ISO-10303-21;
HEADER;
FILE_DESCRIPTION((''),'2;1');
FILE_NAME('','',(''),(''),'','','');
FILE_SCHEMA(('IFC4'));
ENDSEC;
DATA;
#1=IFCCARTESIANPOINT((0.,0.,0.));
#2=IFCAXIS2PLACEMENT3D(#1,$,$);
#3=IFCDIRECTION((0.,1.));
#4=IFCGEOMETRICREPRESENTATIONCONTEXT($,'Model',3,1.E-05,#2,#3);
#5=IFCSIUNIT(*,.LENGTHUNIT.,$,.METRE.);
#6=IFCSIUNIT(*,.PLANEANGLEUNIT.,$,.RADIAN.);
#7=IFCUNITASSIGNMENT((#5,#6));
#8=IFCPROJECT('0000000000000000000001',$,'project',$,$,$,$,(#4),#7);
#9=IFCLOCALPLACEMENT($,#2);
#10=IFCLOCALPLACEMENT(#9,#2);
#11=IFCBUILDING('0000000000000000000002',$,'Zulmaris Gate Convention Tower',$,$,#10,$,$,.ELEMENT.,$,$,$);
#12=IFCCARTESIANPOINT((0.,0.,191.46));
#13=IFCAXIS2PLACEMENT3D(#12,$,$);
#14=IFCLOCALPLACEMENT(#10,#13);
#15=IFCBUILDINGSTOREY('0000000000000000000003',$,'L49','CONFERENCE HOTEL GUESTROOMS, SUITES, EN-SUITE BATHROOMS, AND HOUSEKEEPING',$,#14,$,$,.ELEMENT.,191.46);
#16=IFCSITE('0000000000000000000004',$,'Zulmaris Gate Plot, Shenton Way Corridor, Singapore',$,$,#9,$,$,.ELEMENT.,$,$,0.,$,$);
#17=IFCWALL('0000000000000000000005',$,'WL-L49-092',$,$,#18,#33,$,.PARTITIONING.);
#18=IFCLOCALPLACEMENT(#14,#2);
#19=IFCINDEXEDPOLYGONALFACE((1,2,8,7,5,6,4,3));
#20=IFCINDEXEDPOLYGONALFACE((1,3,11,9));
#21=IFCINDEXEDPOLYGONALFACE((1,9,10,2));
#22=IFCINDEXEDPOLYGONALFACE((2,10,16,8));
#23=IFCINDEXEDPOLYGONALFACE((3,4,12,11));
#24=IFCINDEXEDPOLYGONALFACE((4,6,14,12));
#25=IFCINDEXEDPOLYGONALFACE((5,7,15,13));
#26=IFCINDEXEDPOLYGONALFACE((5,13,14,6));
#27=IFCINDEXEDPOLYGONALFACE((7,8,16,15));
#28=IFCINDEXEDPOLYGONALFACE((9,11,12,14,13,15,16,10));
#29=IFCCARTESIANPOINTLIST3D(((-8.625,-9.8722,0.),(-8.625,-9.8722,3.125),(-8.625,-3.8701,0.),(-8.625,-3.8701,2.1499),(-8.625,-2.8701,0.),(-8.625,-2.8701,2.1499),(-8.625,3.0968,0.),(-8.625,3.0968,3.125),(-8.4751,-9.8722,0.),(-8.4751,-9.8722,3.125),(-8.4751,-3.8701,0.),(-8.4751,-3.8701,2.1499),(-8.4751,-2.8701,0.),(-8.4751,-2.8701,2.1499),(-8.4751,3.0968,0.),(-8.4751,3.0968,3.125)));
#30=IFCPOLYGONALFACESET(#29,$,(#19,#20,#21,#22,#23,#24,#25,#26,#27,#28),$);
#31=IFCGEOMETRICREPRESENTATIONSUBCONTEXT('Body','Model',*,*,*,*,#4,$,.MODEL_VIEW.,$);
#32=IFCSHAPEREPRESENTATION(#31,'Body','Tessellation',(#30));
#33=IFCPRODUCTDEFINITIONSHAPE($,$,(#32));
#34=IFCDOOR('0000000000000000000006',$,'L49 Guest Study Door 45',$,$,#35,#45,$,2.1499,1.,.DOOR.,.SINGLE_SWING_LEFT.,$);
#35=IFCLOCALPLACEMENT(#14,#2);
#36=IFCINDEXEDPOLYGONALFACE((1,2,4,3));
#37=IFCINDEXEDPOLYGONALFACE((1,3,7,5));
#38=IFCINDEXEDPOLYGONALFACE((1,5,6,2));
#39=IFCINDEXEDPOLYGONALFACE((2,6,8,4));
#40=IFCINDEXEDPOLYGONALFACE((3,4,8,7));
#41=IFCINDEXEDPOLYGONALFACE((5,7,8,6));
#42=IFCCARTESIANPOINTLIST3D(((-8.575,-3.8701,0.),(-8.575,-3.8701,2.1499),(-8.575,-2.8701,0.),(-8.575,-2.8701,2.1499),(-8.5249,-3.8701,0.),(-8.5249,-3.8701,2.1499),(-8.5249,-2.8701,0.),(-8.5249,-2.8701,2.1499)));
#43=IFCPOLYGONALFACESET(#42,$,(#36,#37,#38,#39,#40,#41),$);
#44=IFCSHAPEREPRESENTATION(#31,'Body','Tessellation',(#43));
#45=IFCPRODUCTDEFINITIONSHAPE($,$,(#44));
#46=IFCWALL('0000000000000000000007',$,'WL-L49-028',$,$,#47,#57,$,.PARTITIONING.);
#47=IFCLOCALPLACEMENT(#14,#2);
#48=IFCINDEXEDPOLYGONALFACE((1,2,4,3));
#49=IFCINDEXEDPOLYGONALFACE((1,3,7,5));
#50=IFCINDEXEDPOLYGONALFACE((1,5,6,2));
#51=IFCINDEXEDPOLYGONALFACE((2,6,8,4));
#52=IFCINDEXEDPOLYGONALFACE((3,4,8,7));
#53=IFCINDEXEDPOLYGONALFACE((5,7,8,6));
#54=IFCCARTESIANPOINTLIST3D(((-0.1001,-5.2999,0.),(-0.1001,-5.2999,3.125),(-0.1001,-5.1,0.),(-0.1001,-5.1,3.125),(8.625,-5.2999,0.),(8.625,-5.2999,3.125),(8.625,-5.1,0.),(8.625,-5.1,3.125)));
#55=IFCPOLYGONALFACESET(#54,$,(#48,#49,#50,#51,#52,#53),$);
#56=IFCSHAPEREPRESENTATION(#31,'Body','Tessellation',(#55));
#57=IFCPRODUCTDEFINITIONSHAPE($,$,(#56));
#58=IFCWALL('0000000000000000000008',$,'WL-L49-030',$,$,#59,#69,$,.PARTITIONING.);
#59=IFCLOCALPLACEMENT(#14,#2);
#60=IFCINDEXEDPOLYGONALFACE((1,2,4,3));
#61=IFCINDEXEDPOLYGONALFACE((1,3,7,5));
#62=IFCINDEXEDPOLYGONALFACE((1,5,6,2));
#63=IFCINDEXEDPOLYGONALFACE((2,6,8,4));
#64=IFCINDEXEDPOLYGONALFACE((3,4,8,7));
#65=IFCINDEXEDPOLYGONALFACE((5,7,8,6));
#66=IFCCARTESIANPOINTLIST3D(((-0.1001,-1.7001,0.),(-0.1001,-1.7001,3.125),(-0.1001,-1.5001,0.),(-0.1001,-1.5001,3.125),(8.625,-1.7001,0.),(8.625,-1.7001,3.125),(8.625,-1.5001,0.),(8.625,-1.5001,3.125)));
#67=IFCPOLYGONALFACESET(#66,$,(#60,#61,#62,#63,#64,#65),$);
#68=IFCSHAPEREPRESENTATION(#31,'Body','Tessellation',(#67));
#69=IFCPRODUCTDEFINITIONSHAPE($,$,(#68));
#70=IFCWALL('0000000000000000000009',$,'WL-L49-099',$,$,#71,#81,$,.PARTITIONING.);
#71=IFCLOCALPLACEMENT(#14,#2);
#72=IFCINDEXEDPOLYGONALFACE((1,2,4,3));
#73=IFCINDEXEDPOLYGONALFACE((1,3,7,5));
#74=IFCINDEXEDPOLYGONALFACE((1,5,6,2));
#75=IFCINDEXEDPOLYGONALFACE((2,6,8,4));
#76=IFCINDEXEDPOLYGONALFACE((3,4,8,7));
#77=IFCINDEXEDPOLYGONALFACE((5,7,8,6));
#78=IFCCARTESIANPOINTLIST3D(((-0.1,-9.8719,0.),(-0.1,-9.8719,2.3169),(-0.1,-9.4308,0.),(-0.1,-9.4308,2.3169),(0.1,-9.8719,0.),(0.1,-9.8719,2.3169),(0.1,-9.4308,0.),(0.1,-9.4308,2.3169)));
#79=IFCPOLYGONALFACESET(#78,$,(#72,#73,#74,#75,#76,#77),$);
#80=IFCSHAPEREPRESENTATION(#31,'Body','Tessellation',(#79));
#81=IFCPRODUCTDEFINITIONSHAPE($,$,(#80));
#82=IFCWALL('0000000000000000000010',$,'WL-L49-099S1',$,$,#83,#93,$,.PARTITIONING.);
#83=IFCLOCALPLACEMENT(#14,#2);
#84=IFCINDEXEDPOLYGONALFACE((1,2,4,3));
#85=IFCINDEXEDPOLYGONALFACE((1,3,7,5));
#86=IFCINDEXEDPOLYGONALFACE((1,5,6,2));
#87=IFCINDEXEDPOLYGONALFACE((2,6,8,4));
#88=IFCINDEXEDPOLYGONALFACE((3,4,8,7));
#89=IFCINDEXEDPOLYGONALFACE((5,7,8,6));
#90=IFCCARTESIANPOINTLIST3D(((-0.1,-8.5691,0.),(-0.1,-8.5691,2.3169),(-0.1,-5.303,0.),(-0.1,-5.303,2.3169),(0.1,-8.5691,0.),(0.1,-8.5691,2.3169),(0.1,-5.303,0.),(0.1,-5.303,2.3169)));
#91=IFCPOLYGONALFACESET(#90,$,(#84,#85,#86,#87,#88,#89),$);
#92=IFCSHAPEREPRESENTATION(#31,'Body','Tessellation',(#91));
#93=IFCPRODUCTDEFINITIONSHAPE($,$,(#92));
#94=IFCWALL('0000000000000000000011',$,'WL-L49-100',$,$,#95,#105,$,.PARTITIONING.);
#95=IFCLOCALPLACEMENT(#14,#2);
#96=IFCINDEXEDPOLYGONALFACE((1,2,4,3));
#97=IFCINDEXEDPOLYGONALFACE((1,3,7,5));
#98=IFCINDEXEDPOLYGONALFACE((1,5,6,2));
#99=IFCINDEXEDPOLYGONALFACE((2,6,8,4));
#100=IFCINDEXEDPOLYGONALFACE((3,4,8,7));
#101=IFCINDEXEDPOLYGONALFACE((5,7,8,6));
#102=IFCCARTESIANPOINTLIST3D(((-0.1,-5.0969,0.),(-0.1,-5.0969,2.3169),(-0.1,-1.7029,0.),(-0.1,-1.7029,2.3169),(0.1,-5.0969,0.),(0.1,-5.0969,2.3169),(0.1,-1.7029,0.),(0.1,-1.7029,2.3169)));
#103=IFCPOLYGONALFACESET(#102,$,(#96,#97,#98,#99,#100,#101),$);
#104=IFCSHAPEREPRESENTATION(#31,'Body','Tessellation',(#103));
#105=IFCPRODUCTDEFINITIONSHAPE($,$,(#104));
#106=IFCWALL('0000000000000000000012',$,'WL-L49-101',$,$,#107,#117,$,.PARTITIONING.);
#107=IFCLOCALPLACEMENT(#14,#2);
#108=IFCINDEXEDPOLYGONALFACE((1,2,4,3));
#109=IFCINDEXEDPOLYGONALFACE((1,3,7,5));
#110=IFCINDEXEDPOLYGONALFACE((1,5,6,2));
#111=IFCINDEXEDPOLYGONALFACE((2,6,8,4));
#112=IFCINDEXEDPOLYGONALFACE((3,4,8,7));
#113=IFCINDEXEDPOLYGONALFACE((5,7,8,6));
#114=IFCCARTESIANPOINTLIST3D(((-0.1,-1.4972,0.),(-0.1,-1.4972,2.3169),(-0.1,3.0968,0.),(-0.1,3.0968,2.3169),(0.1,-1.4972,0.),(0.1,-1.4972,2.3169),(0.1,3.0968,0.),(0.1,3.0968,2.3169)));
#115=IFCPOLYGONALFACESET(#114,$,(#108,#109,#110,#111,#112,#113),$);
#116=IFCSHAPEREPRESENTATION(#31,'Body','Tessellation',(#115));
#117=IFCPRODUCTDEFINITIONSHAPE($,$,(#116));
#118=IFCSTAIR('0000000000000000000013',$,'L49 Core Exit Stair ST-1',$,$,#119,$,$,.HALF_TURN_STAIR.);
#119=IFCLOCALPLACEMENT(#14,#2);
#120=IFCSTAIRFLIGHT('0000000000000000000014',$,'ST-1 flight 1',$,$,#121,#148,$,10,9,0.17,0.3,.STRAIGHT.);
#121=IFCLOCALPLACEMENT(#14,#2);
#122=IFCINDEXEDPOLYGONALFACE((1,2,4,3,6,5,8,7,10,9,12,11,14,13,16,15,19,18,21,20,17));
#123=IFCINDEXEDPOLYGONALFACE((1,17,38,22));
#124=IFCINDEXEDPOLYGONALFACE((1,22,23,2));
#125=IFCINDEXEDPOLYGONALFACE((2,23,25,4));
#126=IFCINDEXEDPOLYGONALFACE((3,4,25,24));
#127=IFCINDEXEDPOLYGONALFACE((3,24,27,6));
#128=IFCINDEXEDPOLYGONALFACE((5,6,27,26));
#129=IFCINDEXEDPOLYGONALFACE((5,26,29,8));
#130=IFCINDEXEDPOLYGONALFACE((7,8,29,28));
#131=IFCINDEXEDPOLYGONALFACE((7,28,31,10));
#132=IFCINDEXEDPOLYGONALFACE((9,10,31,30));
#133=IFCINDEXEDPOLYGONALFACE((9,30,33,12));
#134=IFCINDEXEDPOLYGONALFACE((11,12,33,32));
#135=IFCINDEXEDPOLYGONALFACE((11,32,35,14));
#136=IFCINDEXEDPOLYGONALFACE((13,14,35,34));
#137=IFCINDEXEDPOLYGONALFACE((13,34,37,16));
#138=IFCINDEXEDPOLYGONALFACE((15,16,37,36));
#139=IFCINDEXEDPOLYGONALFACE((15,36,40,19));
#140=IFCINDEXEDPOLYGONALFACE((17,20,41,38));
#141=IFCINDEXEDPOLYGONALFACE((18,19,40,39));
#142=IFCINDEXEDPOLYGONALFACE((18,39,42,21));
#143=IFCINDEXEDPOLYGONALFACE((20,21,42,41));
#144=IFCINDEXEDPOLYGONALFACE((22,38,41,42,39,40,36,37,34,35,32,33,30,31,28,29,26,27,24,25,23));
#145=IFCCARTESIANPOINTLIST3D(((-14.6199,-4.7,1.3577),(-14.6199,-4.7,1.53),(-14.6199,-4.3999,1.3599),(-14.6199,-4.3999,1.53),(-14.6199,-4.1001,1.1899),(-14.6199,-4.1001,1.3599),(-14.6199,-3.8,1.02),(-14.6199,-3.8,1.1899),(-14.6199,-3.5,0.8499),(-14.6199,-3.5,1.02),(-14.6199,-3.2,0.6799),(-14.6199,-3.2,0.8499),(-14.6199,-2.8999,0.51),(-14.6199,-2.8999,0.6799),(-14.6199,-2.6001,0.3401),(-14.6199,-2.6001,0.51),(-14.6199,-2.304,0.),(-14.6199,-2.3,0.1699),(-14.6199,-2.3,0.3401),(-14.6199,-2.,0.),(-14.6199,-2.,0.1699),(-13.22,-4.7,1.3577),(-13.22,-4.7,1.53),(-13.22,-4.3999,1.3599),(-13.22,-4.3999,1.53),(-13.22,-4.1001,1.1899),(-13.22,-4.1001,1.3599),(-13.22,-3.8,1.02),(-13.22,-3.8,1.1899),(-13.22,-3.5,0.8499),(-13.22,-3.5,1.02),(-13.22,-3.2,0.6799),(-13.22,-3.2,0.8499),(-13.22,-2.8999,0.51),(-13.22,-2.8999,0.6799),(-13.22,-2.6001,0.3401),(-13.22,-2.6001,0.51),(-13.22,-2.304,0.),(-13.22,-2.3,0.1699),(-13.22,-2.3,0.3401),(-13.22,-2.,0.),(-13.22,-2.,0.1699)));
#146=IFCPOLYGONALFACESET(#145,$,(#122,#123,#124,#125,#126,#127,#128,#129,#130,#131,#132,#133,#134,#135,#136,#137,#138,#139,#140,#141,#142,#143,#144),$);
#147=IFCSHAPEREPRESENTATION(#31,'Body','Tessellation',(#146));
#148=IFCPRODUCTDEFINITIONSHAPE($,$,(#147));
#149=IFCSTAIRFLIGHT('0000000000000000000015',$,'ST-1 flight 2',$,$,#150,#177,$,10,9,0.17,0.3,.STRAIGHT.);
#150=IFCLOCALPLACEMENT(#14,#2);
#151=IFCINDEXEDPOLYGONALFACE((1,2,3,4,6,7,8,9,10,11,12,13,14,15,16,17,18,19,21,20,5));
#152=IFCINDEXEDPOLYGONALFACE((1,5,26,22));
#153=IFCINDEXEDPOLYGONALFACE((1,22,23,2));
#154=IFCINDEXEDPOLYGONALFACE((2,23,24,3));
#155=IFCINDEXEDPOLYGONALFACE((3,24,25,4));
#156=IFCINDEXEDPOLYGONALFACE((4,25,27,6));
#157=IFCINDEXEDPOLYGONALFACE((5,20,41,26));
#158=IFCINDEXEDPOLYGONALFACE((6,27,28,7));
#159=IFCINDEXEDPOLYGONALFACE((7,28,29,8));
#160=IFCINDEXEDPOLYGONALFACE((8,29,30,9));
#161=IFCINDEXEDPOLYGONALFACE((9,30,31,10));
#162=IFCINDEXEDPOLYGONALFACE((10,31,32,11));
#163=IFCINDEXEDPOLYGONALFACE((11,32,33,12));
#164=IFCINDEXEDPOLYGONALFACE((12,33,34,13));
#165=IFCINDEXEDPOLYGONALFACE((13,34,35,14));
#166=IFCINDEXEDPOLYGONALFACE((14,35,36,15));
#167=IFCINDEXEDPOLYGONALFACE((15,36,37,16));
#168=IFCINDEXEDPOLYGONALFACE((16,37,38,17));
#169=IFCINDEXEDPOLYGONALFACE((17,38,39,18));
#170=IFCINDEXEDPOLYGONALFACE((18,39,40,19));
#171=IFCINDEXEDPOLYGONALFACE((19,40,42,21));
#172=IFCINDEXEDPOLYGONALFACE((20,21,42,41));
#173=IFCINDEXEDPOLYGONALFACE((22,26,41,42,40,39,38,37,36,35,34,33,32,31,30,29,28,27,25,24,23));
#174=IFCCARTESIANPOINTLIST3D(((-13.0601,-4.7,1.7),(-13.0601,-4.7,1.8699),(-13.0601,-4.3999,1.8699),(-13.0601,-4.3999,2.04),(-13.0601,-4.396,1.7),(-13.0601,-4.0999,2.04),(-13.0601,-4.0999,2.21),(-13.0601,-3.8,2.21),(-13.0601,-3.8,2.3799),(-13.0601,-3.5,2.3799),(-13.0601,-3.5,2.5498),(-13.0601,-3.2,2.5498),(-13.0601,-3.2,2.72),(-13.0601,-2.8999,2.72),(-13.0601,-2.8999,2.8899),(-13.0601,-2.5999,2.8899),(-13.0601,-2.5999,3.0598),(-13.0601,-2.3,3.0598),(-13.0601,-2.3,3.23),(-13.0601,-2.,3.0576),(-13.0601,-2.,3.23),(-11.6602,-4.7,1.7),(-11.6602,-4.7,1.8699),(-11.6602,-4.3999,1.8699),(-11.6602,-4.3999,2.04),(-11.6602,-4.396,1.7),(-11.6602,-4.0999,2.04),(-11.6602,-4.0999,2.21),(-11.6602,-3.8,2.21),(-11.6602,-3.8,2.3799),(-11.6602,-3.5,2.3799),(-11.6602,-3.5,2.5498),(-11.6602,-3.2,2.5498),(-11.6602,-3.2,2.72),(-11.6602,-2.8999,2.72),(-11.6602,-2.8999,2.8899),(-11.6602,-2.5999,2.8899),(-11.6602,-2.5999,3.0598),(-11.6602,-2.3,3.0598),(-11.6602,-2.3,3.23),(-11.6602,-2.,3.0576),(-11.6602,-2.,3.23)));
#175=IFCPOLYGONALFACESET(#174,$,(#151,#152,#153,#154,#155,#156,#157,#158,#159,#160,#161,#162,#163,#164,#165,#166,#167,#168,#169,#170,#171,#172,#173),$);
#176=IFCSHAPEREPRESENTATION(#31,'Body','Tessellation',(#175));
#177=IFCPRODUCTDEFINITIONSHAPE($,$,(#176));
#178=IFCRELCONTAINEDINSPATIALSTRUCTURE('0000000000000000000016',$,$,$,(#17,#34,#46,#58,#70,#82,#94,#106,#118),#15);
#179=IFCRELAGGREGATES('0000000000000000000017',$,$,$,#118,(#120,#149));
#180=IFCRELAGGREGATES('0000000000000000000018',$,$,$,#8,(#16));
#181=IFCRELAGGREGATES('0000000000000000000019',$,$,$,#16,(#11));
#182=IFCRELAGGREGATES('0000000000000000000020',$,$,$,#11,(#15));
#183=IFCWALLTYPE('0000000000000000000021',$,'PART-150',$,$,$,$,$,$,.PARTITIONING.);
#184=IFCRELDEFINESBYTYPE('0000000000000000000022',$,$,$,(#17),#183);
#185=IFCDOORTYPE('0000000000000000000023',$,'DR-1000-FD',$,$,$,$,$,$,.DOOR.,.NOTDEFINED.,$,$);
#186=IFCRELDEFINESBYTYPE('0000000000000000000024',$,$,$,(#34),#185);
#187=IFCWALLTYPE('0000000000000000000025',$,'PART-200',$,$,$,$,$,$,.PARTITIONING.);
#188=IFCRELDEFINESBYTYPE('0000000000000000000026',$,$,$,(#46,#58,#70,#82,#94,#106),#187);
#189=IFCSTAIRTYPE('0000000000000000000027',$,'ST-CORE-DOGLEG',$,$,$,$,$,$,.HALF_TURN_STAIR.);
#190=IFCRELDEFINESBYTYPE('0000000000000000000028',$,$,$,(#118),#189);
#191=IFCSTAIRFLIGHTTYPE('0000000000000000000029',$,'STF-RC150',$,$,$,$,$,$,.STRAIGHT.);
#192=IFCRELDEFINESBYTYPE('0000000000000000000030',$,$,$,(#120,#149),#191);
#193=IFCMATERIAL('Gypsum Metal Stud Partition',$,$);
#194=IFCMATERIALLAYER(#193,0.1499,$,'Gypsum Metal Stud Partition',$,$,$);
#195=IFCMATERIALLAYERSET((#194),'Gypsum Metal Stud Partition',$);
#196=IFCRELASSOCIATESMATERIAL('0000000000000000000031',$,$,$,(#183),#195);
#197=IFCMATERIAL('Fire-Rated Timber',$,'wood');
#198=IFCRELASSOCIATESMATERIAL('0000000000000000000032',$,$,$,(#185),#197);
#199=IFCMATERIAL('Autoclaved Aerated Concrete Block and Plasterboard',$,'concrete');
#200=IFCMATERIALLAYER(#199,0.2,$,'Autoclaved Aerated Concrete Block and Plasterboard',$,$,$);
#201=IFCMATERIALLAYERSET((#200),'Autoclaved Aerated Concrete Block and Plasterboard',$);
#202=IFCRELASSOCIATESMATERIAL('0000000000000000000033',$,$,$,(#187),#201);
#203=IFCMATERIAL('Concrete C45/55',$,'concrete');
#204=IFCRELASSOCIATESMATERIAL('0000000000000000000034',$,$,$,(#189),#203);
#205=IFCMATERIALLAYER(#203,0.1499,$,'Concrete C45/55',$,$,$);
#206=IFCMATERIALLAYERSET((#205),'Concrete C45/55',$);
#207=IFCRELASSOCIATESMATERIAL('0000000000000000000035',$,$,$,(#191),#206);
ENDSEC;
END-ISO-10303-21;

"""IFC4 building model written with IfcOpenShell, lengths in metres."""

from ifc_helpers import new_model, si_unit, direction, frame, frame_2d, origin, place, context, subcontext, project, spatial, polyline, rectangle, outline, extrude, material, layer, layer_set, type_object, element, fill, aggregate, save


model = new_model("IFC4")

# Units and contexts
model_context = context("Model", 3, precision=1e-05, world=origin(), true_north=direction((0.0, 1.0)))
body_context = subcontext(model_context, "Body", "Model", "MODEL_VIEW")
ifc_project = project(units=[si_unit("LENGTHUNIT", "METRE"), si_unit("PLANEANGLEUNIT", "RADIAN")], contexts=[model_context])

# Site, building, storey
site_placement = place(None, origin())
site = spatial("IfcSite", under=ifc_project, at=site_placement, Name="Zulmaris Gate Plot, Shenton Way Corridor, Singapore", CompositionType="ELEMENT", RefElevation=0.0)
building_placement = place(site_placement, origin())
building = spatial("IfcBuilding", under=site, at=building_placement, Name="Zulmaris Gate Convention Tower", CompositionType="ELEMENT")
storey_placement = place(building_placement, frame((0.0, 0.0, 191.46)))
storey = spatial("IfcBuildingStorey", under=building, at=storey_placement, Name="L49", Description="CONFERENCE HOTEL GUESTROOMS, SUITES, EN-SUITE BATHROOMS, AND HOUSEKEEPING", CompositionType="ELEMENT", Elevation=191.46)

# Shared definitions
ifc_material_1 = material(Name="Gypsum Metal Stud Partition")
ifc_layer_1 = layer(ifc_material_1, 0.1499, Name="Gypsum Metal Stud Partition")
ifc_layer_set_1 = layer_set([ifc_layer_1], Name="Gypsum Metal Stud Partition")
wall_type_1 = type_object("IfcWallType", Name="PART-150", PredefinedType="PARTITIONING", material=ifc_layer_set_1)
ifc_material_2 = material(Name="Fire-Rated Timber", Category="wood")

# Wall, opening, door
wall_1_placement = place(storey_placement, frame((-8.55, -9.8721, 0.0), z_axis=(0.0, 0.0, 1.0), x_axis=(0.0, 1.0, 0.0)))
wall_1 = element("IfcWall", 1, at=wall_1_placement, inside=storey, type_object=wall_type_1, Name="WL-L49-092", PredefinedType="PARTITIONING", context=body_context, shape_type="SweptSolid", body=[
    extrude(rectangle(XDim=12.969, YDim=0.1499, at=frame_2d((6.4844, 0.0))), origin(), (0.0, 0.0, 1.0), 3.125),
])
opening_1_placement = place(wall_1_placement, frame((6.002, 0.0, 0.0)))
opening_1 = element("IfcOpeningElement", 2, at=opening_1_placement, cuts=wall_1, PredefinedType="OPENING", context=body_context, shape_type="SweptSolid", body=[
    extrude(rectangle(XDim=1.0, YDim=2.1499, at=frame_2d((0.5, 1.075))), frame((0.0, 0.085, 0.0), z_axis=(0.0, -1.0, 0.0), x_axis=(1.0, 0.0, 0.0)), (0.0, 0.0, 1.0), 0.1699),
])
door_type_1 = type_object("IfcDoorType", Name="DR-1000-FD", OperationType="NOTDEFINED", PredefinedType="DOOR", material=ifc_material_2)
door_1_placement = place(opening_1_placement, origin())
door_1 = element("IfcDoor", 3, at=door_1_placement, inside=storey, type_object=door_type_1, Name="L49 Guest Study Door 45", OperationType="SINGLE_SWING_LEFT", OverallHeight=2.1499, OverallWidth=1.0, PredefinedType="DOOR", context=body_context, shape_type="SweptSolid", body=[
    extrude(rectangle(XDim=1.0, YDim=2.1499, at=frame_2d((0.5, 1.075))), frame((0.0, 0.0249, 0.0), z_axis=(0.0, -1.0, 0.0), x_axis=(1.0, 0.0, 0.0)), (0.0, 0.0, 1.0), 0.05),
])
fill(opening_1, door_1)

# Walls
ifc_material_3 = material(Name="Autoclaved Aerated Concrete Block and Plasterboard", Category="concrete")
ifc_layer_2 = layer(ifc_material_3, 0.2, Name="Autoclaved Aerated Concrete Block and Plasterboard")
ifc_layer_set_2 = layer_set([ifc_layer_2], Name="Autoclaved Aerated Concrete Block and Plasterboard")
wall_type_2 = type_object("IfcWallType", Name="PART-200", PredefinedType="PARTITIONING", material=ifc_layer_set_2)
for number, where, z_axis, x_axis, name in (
    (4, (-0.1001, -5.2, 0.0), (0.0, 0.0, 1.0), (1.0, 0.0, 0.0), "WL-L49-028"),
    (5, (-0.1001, -1.6001, 0.0), (0.0, 0.0, 1.0), (1.0, 0.0, 0.0), "WL-L49-030"),
):
    element("IfcWall", number, at=place(storey_placement, frame(where, z_axis=z_axis, x_axis=x_axis)), inside=storey, type_object=wall_type_2, Name=name, PredefinedType="PARTITIONING", context=body_context, shape_type="SweptSolid", body=[
        extrude(rectangle(XDim=8.7251, YDim=0.2, at=frame_2d((4.3625, 0.0))), origin(), (0.0, 0.0, 1.0), 3.125),
    ])
wall_2_placement = place(storey_placement, frame((0.0, -9.8721, 0.0), z_axis=(0.0, 0.0, 1.0), x_axis=(0.0, 1.0, 0.0)))
element("IfcWall", 6, at=wall_2_placement, inside=storey, type_object=wall_type_2, Name="WL-L49-099", PredefinedType="PARTITIONING", context=body_context, shape_type="SweptSolid", body=[
    extrude(rectangle(XDim=0.4412, YDim=0.2, at=frame_2d((0.2207, 0.0))), origin(), (0.0, 0.0, 1.0), 2.3169),
])
wall_3_placement = place(storey_placement, frame((0.0, -8.5691, 0.0), z_axis=(0.0, 0.0, 1.0), x_axis=(0.0, 1.0, 0.0)))
element("IfcWall", 7, at=wall_3_placement, inside=storey, type_object=wall_type_2, Name="WL-L49-099S1", PredefinedType="PARTITIONING", context=body_context, shape_type="SweptSolid", body=[
    extrude(rectangle(XDim=3.2661, YDim=0.2, at=frame_2d((1.6331, 0.0))), origin(), (0.0, 0.0, 1.0), 2.3169),
])
wall_4_placement = place(storey_placement, frame((0.0, -5.0969, 0.0), z_axis=(0.0, 0.0, 1.0), x_axis=(0.0, 1.0, 0.0)))
element("IfcWall", 8, at=wall_4_placement, inside=storey, type_object=wall_type_2, Name="WL-L49-100", PredefinedType="PARTITIONING", context=body_context, shape_type="SweptSolid", body=[
    extrude(rectangle(XDim=3.394, YDim=0.2, at=frame_2d((1.697, 0.0))), origin(), (0.0, 0.0, 1.0), 2.3169),
])
wall_5_placement = place(storey_placement, frame((0.0, -1.4971, 0.0), z_axis=(0.0, 0.0, 1.0), x_axis=(0.0, 1.0, 0.0)))
element("IfcWall", 9, at=wall_5_placement, inside=storey, type_object=wall_type_2, Name="WL-L49-101", PredefinedType="PARTITIONING", context=body_context, shape_type="SweptSolid", body=[
    extrude(rectangle(XDim=4.594, YDim=0.2, at=frame_2d((2.2969, 0.0))), origin(), (0.0, 0.0, 1.0), 2.3169),
])

# Stair, stair flights
ifc_material_4 = material(Name="Concrete C45/55", Category="concrete")
stair_type = type_object("IfcStairType", Name="ST-CORE-DOGLEG", PredefinedType="HALF_TURN_STAIR", material=ifc_material_4)
stair_placement = place(storey_placement, origin())
stair = element("IfcStair", 10, at=stair_placement, inside=storey, type_object=stair_type, Name="L49 Core Exit Stair ST-1", PredefinedType="HALF_TURN_STAIR")
ifc_layer_3 = layer(ifc_material_4, 0.1499, Name="Concrete C45/55")
ifc_layer_set_3 = layer_set([ifc_layer_3], Name="Concrete C45/55")
stair_flight_type = type_object("IfcStairFlightType", Name="STF-RC150", PredefinedType="STRAIGHT", material=ifc_layer_set_3)
stair_flight_1_placement = place(storey_placement, frame((-13.9199, -2.0, 0.0), z_axis=(0.0, 0.0, 1.0), x_axis=(0.0, -1.0, 0.0)))
stair_flight_1 = element("IfcStairFlight", 11, at=stair_flight_1_placement, type_object=stair_flight_type, Name="ST-1 flight 1", NumberOfRisers=10, NumberOfTreads=9, PredefinedType="STRAIGHT", RiserHeight=0.17, TreadLength=0.3, context=body_context, shape_type="SweptSolid", body=[
    extrude(outline(polyline([(0.0, 0.0), (0.0, 0.1699), (0.3, 0.1699), (0.3, 0.3401), (0.6001, 0.3401), (0.6001, 0.51), (0.8999, 0.51), (0.8999, 0.6799), (1.2, 0.6799), (1.2, 0.8499), (1.5, 0.8499), (1.5, 1.02), (1.8, 1.02), (1.8, 1.1899), (2.1001, 1.1899), (2.1001, 1.3599), (2.3999, 1.3599), (2.3999, 1.53), (2.7, 1.53), (2.7, 1.7), (2.7, 1.3577), (0.304, 0.0), (0.0, 0.0)])), frame((0.0, 0.7, 0.0), z_axis=(0.0, -1.0, 0.0), x_axis=(1.0, 0.0, 0.0)), (0.0, 0.0, 1.0), 1.3999),
])
stair_flight_2_placement = place(storey_placement, frame((-12.3601, -4.7, 1.7), z_axis=(0.0, 0.0, 1.0), x_axis=(0.0, 1.0, 0.0)))
stair_flight_2 = element("IfcStairFlight", 12, at=stair_flight_2_placement, type_object=stair_flight_type, Name="ST-1 flight 2", NumberOfRisers=10, NumberOfTreads=9, PredefinedType="STRAIGHT", RiserHeight=0.17, TreadLength=0.3, context=body_context, shape_type="SweptSolid", body=[
    extrude(outline(polyline([(0.0, 0.0), (0.0, 0.1699), (0.3, 0.1699), (0.3, 0.3401), (0.6001, 0.3401), (0.6001, 0.51), (0.8999, 0.51), (0.8999, 0.6799), (1.2, 0.6799), (1.2, 0.8499), (1.5, 0.8499), (1.5, 1.02), (1.8, 1.02), (1.8, 1.1899), (2.1001, 1.1899), (2.1001, 1.3599), (2.3999, 1.3599), (2.3999, 1.53), (2.7, 1.53), (2.7, 1.7), (2.7, 1.3577), (0.304, 0.0), (0.0, 0.0)])), frame((0.0, 0.7, 0.0), z_axis=(0.0, -1.0, 0.0), x_axis=(1.0, 0.0, 0.0)), (0.0, 0.0, 1.0), 1.3999),
])
aggregate(stair, [stair_flight_1, stair_flight_2])

save(model, "model.ifc")
